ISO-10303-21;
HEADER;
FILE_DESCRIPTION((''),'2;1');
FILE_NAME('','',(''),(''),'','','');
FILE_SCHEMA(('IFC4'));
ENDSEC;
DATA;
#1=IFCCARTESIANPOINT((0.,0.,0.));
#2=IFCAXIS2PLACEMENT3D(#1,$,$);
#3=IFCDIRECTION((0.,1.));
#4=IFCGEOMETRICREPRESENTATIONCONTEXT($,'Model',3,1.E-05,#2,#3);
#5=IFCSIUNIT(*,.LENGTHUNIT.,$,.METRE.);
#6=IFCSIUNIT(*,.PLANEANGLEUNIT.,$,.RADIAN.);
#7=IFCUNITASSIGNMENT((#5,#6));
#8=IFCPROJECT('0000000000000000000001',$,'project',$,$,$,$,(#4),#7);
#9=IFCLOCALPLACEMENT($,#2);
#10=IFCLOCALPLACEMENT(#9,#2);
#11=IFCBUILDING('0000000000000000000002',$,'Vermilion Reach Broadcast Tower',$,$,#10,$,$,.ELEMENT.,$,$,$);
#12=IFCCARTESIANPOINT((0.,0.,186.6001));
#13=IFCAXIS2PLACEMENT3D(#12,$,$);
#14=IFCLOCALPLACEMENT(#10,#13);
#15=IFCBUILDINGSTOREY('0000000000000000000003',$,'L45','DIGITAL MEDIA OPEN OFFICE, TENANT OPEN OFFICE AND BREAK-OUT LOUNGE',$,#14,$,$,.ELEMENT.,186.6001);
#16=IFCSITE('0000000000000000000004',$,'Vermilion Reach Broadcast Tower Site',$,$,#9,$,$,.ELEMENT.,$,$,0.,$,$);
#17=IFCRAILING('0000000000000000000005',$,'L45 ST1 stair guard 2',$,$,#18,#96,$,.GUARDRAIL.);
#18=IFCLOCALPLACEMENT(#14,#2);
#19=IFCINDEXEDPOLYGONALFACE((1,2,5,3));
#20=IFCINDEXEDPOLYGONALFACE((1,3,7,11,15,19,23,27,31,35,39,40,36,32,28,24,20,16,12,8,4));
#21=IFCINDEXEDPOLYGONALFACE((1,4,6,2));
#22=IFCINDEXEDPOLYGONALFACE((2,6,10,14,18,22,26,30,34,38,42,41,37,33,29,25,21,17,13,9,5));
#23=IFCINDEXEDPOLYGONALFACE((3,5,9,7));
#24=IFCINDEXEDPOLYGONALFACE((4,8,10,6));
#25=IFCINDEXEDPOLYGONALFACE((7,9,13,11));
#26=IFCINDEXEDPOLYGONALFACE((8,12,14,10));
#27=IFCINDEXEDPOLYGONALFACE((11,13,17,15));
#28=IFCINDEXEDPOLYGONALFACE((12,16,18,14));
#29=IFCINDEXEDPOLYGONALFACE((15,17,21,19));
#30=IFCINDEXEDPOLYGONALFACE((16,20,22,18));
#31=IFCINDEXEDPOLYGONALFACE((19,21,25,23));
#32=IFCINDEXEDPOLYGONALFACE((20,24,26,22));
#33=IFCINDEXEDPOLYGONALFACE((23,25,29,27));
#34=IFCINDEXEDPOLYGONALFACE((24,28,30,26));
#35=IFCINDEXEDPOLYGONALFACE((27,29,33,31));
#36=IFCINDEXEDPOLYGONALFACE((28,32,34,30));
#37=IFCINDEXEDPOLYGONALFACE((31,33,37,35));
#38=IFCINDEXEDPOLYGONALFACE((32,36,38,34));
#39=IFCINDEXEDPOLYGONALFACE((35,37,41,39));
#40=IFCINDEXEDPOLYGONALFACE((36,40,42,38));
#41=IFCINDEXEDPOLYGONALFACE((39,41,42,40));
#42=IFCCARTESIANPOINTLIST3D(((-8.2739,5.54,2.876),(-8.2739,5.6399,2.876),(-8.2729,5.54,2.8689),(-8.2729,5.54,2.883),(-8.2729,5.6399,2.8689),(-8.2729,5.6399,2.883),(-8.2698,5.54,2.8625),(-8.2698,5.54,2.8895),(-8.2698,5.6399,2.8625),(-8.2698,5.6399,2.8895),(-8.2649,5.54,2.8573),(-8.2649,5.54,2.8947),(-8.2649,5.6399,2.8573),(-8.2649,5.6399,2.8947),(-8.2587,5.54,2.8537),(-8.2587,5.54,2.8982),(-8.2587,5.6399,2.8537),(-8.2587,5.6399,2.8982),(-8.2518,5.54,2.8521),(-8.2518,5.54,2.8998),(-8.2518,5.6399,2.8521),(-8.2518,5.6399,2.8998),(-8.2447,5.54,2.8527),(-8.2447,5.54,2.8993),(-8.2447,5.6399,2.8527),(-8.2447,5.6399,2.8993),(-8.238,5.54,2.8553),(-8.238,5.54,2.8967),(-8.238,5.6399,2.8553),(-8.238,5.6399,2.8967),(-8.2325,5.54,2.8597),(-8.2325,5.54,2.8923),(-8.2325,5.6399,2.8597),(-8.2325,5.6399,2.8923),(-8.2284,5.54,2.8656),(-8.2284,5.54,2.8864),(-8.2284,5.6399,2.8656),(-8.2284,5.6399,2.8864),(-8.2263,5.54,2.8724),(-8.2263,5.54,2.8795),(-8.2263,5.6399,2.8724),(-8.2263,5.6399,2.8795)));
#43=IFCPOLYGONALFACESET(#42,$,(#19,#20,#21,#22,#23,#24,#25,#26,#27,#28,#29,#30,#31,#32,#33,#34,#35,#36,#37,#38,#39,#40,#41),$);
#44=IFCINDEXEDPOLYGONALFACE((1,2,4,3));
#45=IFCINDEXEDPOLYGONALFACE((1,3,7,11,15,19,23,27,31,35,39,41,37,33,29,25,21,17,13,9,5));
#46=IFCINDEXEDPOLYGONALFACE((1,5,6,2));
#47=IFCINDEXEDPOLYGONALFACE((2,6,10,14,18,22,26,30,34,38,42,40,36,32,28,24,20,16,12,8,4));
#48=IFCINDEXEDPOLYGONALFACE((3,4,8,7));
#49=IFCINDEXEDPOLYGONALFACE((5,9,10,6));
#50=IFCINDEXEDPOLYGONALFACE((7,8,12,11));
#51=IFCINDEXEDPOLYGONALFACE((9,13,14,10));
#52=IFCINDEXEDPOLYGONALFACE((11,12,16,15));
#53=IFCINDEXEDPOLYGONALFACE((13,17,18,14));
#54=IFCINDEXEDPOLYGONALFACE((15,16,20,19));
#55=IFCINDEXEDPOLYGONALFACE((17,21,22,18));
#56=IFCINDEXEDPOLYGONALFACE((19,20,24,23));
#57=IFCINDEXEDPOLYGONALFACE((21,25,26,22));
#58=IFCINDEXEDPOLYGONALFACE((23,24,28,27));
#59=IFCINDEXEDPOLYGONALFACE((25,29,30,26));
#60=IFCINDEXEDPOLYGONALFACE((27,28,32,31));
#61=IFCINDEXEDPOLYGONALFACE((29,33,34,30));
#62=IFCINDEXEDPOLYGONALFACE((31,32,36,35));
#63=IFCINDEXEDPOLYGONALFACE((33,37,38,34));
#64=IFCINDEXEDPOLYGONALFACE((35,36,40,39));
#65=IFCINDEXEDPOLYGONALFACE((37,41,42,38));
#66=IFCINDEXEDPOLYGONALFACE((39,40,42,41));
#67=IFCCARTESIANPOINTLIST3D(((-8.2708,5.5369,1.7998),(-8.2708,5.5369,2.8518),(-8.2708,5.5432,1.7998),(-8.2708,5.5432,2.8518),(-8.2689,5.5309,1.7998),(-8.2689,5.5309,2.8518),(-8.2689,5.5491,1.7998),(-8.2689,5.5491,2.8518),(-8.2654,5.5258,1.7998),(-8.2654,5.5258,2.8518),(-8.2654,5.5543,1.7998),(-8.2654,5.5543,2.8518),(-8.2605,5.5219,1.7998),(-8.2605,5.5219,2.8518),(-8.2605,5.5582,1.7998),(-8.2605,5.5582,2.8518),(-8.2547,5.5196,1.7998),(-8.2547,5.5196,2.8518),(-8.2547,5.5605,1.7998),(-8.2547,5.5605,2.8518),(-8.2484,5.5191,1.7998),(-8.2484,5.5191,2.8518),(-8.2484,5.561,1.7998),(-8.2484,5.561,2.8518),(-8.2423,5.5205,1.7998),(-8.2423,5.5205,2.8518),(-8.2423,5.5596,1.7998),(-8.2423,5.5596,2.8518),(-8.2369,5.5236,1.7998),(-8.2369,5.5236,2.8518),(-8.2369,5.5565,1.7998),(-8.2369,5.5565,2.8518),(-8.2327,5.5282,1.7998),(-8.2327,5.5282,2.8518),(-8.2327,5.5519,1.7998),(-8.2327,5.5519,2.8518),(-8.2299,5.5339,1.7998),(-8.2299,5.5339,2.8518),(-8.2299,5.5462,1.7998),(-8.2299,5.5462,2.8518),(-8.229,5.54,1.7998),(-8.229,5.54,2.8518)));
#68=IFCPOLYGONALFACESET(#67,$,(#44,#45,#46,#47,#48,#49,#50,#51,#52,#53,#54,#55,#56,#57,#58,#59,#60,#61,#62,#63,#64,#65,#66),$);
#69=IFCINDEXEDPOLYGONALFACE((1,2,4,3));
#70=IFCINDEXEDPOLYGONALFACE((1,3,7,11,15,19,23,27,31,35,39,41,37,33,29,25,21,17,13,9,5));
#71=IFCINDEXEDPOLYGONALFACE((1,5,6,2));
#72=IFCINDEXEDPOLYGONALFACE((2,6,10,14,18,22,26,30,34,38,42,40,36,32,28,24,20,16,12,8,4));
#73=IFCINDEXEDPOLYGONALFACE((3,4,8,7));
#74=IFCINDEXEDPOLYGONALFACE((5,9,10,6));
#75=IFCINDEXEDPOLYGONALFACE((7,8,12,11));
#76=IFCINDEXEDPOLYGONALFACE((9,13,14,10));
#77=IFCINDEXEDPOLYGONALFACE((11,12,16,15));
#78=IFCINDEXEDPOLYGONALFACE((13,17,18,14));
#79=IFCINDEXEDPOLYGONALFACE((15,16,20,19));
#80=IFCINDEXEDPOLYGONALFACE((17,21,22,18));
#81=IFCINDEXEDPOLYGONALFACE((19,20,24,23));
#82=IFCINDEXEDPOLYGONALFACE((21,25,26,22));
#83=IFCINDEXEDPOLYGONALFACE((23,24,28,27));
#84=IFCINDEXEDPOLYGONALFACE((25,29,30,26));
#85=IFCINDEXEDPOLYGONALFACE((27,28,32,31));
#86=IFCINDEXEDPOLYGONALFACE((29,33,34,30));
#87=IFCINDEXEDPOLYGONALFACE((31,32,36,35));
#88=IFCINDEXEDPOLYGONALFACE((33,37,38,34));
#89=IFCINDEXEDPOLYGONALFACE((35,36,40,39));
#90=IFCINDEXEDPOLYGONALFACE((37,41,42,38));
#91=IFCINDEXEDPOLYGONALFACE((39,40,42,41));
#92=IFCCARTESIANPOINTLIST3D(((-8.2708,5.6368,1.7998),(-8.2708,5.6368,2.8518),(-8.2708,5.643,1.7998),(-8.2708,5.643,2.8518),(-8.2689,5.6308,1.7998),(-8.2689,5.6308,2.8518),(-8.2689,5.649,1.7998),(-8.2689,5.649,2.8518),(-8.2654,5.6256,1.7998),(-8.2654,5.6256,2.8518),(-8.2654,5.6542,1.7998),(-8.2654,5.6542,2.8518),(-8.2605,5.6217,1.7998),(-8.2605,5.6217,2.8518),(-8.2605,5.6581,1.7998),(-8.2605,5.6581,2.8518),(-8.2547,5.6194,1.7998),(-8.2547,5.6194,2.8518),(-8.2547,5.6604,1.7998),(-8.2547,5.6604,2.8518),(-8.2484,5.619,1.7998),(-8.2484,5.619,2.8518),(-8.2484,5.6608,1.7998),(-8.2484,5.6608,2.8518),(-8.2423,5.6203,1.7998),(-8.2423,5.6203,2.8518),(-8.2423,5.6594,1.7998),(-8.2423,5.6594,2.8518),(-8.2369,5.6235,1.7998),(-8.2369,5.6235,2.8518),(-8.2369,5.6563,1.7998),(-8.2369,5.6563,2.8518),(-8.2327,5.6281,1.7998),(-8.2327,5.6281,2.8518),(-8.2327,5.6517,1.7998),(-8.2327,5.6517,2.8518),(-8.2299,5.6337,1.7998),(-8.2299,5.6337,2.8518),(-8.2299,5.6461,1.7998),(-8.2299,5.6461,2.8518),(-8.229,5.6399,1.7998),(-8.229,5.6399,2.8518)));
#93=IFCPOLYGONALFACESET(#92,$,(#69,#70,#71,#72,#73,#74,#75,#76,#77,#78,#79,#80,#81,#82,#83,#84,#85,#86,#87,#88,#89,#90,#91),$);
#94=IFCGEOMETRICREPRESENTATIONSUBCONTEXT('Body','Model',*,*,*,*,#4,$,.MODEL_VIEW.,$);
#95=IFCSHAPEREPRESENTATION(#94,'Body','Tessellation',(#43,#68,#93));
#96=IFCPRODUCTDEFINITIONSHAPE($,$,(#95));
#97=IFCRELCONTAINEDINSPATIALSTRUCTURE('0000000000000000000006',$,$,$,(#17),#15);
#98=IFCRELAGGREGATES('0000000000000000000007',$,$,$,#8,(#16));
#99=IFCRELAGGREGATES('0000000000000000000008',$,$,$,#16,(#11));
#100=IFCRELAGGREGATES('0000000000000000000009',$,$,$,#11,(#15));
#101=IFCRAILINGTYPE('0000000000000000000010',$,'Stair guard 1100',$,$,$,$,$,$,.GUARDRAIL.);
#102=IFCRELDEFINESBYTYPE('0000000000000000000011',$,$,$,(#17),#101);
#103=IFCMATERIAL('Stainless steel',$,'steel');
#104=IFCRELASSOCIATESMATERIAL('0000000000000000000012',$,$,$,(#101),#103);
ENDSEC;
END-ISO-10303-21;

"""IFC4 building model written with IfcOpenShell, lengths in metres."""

from ifc_helpers import new_model, si_unit, direction, frame, origin, origin_2d, place, context, subcontext, project, spatial, circle, extrude, material, type_object, element, save


model = new_model("IFC4")

# Units and contexts
model_context = context("Model", 3, precision=1e-05, world=origin(), true_north=direction((0.0, 1.0)))
body_context = subcontext(model_context, "Body", "Model", "MODEL_VIEW")
ifc_project = project(units=[si_unit("LENGTHUNIT", "METRE"), si_unit("PLANEANGLEUNIT", "RADIAN")], contexts=[model_context])

# Site, building, storey
site_placement = place(None, origin())
site = spatial("IfcSite", under=ifc_project, at=site_placement, Name="Vermilion Reach Broadcast Tower Site", CompositionType="ELEMENT", RefElevation=0.0)
building_placement = place(site_placement, origin())
building = spatial("IfcBuilding", under=site, at=building_placement, Name="Vermilion Reach Broadcast Tower", CompositionType="ELEMENT")
storey_placement = place(building_placement, frame((0.0, 0.0, 186.6001)))
storey = spatial("IfcBuildingStorey", under=building, at=storey_placement, Name="L45", Description="DIGITAL MEDIA OPEN OFFICE, TENANT OPEN OFFICE AND BREAK-OUT LOUNGE", CompositionType="ELEMENT", Elevation=186.6001)

# Railing
ifc_material_1 = material(Name="Stainless steel", Category="steel")
railing_type_1 = type_object("IfcRailingType", Name="Stair guard 1100", PredefinedType="GUARDRAIL", material=ifc_material_1)
railing_1_placement = place(storey_placement, frame((-8.25, 5.54, 1.7998)))
element("IfcRailing", 1, at=railing_1_placement, inside=storey, type_object=railing_type_1, Name="L45 ST1 stair guard 2", PredefinedType="GUARDRAIL", context=body_context, shape_type="SweptSolid", body=[
    extrude(circle(Radius=0.0239, at=origin_2d()), frame((0.0, 0.0, 1.0762), z_axis=(0.0, 1.0, 0.0), x_axis=(-1.0, 0.0, 0.0)), (0.0, 0.0, 1.0), 0.0999),
    extrude(circle(Radius=0.021, at=origin_2d()), origin(), (0.0, 0.0, 1.0), 1.052),
    extrude(circle(Radius=0.021, at=origin_2d()), frame((0.0, 0.0999, 0.0)), (0.0, 0.0, 1.0), 1.052),
])

save(model, "model.ifc")
